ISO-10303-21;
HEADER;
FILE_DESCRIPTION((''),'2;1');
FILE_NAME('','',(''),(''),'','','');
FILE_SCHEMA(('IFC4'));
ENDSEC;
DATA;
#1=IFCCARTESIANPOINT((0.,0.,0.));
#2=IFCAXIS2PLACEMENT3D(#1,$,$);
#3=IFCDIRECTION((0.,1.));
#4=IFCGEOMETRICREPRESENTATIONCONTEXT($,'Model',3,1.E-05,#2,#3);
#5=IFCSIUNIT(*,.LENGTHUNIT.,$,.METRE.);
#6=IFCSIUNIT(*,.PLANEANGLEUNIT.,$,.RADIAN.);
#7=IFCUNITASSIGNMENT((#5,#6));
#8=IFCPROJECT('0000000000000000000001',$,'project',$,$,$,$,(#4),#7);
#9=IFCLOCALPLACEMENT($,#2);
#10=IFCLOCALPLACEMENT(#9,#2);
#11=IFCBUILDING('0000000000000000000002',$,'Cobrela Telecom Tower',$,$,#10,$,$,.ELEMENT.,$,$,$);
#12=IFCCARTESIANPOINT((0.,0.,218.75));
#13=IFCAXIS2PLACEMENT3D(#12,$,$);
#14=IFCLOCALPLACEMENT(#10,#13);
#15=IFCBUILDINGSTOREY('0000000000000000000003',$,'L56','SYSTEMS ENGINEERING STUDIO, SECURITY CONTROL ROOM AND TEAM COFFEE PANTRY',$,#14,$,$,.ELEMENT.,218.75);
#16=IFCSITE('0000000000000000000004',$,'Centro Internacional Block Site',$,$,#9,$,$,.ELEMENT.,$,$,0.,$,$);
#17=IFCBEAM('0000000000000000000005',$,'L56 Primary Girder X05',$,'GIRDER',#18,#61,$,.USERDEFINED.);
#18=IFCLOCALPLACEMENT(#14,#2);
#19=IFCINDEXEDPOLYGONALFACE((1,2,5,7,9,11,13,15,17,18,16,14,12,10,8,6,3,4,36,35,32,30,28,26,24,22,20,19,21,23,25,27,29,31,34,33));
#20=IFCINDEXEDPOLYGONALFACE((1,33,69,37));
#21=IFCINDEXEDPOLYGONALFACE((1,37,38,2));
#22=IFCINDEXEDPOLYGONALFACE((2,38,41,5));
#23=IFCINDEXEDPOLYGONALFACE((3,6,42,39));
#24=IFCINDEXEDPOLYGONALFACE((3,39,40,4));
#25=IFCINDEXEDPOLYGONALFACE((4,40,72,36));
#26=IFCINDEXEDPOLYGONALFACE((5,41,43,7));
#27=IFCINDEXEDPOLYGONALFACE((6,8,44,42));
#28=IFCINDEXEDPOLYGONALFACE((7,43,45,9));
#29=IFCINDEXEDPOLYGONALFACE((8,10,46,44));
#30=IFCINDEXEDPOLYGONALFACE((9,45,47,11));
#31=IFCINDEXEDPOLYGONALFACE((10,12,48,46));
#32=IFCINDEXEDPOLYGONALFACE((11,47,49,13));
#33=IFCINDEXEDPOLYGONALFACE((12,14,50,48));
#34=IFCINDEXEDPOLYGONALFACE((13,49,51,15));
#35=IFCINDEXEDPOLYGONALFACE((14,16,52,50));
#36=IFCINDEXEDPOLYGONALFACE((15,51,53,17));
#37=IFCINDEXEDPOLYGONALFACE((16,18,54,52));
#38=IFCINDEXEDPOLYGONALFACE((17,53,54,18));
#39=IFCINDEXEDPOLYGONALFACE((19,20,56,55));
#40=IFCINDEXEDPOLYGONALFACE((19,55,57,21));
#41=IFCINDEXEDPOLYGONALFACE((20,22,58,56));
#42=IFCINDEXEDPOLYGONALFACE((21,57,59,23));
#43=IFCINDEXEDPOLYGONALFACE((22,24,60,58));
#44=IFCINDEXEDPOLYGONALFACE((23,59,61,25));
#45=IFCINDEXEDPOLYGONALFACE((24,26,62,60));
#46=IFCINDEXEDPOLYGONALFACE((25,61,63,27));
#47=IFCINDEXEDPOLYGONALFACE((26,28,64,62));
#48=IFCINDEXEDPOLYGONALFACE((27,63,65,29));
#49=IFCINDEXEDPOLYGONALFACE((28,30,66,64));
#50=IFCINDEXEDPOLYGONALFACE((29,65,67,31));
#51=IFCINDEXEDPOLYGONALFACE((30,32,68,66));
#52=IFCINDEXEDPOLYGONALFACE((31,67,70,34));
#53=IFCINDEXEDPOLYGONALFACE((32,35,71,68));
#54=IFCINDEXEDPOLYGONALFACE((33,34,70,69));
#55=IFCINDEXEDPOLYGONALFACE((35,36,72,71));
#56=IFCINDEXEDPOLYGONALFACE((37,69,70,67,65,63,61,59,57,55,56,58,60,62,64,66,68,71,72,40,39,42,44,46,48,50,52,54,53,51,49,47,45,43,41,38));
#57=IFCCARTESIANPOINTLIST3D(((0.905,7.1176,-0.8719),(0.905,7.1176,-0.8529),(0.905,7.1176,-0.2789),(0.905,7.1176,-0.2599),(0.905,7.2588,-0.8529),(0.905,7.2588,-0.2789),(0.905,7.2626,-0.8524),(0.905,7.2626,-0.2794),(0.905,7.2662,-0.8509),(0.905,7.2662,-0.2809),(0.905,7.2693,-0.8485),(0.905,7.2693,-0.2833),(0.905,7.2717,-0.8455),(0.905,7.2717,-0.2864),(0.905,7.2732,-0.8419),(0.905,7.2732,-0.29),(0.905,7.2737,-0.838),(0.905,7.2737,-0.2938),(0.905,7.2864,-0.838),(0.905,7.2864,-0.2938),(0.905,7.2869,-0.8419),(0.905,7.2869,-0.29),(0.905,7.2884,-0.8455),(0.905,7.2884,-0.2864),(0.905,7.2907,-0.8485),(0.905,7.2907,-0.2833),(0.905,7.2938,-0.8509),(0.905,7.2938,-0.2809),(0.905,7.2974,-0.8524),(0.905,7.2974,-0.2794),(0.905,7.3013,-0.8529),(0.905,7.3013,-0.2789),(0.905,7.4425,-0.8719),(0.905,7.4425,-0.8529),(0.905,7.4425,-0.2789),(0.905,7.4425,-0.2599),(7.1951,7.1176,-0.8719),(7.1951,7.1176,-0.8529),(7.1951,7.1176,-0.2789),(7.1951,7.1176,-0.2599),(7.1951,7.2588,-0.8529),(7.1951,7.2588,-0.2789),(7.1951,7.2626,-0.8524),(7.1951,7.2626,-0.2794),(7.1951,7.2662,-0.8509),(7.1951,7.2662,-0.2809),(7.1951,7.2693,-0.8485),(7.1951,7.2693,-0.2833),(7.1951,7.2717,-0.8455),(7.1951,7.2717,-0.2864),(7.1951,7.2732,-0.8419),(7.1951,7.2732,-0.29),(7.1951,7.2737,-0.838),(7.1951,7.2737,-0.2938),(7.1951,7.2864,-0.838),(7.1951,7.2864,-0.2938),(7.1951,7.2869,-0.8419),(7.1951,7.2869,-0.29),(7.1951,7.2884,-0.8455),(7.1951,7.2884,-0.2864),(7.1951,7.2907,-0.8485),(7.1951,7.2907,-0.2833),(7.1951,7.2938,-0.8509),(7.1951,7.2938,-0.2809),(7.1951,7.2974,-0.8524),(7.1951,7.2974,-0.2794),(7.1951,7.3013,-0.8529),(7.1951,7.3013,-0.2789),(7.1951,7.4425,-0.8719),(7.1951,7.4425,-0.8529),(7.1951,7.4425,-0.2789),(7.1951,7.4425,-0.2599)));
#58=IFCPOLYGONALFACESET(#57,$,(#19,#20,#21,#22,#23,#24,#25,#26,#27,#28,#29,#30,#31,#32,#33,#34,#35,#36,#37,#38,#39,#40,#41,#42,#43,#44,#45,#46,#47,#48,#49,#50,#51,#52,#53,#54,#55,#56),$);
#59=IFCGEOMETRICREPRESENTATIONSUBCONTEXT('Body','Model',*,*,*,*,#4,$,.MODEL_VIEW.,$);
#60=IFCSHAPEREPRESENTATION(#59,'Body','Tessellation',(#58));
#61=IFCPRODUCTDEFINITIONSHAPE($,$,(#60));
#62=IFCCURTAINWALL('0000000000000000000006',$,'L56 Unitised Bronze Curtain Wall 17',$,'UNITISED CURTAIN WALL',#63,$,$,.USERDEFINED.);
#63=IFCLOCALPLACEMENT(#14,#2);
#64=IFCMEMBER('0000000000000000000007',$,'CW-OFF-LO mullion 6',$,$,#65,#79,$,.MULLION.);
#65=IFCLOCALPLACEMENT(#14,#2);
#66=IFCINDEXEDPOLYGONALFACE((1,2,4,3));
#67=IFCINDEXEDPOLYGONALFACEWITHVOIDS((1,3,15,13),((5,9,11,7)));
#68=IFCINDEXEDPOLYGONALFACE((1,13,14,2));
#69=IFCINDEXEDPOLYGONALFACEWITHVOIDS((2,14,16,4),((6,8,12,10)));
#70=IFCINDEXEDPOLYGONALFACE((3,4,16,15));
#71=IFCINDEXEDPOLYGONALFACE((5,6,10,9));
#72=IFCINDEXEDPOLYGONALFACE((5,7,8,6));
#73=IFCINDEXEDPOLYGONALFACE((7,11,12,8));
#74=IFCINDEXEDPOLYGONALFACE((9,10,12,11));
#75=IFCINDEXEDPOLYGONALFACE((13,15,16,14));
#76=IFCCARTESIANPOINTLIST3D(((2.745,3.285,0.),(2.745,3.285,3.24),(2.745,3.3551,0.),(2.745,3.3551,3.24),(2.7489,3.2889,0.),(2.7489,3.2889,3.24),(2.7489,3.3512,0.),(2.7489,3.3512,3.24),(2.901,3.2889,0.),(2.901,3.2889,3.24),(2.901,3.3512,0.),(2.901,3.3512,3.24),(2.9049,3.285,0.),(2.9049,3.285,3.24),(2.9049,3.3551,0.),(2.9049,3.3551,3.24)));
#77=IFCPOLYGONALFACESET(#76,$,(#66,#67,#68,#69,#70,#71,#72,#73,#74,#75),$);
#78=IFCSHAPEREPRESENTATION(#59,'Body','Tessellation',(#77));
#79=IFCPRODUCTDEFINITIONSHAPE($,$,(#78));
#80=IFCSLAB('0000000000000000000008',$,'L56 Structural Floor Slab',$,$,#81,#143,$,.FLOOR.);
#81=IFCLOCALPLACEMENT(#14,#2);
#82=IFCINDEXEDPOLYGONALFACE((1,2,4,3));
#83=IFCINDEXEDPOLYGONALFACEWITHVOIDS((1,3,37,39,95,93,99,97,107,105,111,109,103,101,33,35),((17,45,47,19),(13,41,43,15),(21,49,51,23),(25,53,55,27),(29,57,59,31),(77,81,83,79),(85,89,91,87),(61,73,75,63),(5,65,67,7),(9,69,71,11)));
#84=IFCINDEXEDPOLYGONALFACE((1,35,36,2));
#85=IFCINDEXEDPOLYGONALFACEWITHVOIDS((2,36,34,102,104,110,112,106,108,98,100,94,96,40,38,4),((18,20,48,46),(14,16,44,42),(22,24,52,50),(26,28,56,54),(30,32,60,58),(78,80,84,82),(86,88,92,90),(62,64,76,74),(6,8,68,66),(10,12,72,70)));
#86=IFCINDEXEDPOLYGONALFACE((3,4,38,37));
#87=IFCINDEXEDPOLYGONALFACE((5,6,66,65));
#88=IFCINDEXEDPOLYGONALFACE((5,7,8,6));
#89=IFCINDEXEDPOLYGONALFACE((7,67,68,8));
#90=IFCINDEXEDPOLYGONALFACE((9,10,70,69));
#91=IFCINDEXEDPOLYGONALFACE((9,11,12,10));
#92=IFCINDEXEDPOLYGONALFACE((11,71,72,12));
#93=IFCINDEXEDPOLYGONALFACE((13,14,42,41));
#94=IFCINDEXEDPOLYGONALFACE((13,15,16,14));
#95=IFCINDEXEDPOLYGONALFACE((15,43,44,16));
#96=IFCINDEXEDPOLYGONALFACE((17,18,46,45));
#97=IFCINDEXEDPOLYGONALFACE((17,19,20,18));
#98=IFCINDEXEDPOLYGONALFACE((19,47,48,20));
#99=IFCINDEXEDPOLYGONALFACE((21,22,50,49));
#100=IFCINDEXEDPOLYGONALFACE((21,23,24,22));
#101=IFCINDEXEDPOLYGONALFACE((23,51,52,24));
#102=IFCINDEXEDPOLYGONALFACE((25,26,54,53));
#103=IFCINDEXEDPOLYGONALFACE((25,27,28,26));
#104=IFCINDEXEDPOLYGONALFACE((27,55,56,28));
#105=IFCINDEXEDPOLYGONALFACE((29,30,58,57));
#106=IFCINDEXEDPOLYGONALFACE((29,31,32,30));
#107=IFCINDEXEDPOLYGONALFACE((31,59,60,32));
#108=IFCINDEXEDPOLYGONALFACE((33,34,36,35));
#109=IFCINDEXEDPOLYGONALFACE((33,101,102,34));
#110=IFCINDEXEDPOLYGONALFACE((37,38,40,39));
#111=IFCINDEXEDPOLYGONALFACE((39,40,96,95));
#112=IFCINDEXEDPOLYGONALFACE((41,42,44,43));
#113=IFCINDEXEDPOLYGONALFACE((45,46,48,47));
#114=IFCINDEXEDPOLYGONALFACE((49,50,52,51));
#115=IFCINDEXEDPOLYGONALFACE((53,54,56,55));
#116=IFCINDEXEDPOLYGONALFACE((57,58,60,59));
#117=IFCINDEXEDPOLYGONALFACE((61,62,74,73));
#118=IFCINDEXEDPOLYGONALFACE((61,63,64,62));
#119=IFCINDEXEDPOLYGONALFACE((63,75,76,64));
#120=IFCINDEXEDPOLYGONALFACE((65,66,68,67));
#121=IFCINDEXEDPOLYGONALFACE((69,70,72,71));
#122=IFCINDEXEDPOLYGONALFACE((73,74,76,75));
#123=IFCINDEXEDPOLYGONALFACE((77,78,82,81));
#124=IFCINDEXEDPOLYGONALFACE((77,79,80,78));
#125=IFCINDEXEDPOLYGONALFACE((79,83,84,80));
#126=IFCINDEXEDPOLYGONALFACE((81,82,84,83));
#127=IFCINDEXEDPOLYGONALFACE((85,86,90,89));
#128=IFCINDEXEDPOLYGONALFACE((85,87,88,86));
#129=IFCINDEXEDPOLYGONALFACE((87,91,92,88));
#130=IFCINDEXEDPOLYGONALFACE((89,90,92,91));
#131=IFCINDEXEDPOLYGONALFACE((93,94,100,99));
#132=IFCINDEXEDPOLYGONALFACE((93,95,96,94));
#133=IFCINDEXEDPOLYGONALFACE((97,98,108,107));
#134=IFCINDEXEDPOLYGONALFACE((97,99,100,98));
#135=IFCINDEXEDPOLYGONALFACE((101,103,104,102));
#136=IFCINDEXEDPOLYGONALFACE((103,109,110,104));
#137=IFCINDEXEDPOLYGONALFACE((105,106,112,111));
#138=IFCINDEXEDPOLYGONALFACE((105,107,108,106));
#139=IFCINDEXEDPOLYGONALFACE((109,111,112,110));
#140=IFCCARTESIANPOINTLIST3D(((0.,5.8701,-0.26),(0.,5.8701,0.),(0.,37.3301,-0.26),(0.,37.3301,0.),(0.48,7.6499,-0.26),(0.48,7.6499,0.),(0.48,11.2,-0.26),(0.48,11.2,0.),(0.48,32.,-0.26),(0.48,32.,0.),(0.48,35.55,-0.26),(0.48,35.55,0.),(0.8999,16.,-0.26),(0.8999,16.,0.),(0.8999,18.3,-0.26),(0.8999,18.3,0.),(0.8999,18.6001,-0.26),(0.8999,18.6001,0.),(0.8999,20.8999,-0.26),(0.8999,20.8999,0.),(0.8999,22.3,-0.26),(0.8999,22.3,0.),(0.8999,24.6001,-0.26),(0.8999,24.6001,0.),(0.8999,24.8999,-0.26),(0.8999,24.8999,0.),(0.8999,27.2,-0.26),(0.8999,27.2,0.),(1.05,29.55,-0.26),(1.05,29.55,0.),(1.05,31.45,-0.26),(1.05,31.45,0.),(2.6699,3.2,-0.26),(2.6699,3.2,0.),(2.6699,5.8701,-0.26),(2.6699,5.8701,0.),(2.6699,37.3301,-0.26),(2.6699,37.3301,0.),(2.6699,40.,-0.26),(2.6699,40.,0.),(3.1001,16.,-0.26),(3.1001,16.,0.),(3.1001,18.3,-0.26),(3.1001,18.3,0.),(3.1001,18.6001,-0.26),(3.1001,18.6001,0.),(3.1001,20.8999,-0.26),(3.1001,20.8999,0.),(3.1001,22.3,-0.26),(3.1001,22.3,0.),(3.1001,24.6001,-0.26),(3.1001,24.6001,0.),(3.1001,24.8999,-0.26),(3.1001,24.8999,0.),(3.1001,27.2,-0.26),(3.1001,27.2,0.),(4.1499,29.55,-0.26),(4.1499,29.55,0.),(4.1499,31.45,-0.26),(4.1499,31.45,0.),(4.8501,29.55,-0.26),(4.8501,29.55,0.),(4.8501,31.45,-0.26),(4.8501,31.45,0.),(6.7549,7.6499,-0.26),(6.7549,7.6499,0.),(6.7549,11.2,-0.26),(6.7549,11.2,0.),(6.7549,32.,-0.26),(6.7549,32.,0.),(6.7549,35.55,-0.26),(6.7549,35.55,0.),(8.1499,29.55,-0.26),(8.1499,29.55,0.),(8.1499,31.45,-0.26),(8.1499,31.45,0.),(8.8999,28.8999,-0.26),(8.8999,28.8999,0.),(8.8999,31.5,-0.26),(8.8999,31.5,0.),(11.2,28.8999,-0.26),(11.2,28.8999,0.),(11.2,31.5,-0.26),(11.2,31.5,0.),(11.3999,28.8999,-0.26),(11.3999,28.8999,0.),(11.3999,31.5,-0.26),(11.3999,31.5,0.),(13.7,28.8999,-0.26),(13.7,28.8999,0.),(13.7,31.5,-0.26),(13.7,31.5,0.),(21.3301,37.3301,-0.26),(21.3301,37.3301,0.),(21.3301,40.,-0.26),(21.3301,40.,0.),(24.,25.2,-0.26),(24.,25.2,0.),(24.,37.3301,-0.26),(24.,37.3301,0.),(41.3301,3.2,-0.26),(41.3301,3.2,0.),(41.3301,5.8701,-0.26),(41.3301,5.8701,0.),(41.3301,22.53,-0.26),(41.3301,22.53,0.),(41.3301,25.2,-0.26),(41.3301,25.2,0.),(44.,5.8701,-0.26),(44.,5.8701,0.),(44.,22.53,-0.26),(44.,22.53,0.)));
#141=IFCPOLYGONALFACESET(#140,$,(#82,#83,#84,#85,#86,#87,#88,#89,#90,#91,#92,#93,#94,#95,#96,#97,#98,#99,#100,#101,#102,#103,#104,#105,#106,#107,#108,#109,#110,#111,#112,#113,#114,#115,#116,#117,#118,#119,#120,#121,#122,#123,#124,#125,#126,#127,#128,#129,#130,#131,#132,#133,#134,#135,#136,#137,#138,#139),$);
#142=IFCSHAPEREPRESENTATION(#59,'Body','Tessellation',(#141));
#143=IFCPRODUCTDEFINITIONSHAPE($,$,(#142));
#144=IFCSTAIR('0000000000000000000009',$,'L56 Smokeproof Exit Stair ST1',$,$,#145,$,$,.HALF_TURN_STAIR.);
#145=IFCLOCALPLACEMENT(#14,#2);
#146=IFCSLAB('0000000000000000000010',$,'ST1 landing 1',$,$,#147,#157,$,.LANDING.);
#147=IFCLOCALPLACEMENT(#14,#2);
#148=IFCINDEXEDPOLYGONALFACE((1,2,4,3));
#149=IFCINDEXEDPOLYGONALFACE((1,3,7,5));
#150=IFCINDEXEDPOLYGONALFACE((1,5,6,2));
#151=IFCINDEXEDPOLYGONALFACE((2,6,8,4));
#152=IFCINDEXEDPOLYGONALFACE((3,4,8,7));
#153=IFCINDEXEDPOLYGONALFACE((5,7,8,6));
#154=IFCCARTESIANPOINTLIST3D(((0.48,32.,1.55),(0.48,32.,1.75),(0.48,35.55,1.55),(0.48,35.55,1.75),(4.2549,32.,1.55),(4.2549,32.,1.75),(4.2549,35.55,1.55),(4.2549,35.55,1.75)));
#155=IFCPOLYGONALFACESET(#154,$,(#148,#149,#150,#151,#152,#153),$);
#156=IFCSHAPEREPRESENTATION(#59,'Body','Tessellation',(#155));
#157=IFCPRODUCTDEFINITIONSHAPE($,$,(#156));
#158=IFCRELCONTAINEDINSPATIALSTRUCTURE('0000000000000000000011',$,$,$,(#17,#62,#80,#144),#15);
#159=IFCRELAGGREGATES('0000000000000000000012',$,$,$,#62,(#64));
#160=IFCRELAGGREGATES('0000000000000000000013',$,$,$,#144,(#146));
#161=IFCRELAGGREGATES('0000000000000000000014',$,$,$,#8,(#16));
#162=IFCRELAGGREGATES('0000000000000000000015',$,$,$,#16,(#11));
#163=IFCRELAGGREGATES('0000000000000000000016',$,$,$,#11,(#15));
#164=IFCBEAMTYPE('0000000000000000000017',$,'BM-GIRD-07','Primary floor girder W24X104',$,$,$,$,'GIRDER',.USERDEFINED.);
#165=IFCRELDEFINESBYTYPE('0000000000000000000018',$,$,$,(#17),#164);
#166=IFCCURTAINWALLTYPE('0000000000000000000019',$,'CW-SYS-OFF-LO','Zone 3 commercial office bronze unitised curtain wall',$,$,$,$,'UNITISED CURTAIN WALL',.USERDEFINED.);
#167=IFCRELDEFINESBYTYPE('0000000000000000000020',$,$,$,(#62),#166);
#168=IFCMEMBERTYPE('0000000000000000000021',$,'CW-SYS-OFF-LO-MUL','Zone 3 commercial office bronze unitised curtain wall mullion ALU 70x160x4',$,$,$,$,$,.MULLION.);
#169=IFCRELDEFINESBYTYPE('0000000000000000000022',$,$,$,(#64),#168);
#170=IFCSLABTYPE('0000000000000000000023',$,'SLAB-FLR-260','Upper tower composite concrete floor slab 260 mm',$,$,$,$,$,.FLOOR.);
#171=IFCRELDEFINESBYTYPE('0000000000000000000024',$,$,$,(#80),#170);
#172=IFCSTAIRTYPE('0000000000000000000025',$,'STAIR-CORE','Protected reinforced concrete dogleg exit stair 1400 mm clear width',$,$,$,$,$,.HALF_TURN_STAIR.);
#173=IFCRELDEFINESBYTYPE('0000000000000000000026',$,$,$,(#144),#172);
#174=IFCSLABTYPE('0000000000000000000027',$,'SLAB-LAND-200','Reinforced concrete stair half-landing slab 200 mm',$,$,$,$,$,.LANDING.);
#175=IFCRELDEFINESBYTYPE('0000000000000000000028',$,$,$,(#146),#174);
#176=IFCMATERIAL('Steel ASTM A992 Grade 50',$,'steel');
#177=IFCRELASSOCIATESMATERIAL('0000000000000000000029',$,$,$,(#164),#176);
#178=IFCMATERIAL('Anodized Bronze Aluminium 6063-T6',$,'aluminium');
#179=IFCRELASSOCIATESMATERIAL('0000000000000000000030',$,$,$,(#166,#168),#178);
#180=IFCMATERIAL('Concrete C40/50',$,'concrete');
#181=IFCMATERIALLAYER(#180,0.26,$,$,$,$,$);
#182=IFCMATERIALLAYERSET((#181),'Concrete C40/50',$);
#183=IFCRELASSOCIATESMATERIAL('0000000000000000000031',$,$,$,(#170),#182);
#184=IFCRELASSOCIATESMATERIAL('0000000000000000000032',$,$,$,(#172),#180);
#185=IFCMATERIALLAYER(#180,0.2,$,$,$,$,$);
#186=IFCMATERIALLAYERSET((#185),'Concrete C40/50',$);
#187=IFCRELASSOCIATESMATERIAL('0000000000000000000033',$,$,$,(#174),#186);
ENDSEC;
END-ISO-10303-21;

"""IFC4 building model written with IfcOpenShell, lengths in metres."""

from ifc_helpers import new_model, si_unit, direction, frame, origin, origin_2d, place, context, subcontext, project, spatial, polyline, hollow_rectangle, i_section, outline, extrude, material, layer, layer_set, material_profile, profile_set, type_object, element, aggregate, save


model = new_model("IFC4")

# Units and contexts
model_context = context("Model", 3, precision=1e-05, world=origin(), true_north=direction((0.0, 1.0)))
body_context = subcontext(model_context, "Body", "Model", "MODEL_VIEW")
ifc_project = project(units=[si_unit("LENGTHUNIT", "METRE"), si_unit("PLANEANGLEUNIT", "RADIAN")], contexts=[model_context])

# Site, building, storey
site_placement = place(None, origin())
site = spatial("IfcSite", under=ifc_project, at=site_placement, Name="Centro Internacional Block Site", CompositionType="ELEMENT", RefElevation=0.0)
building_placement = place(site_placement, origin())
building = spatial("IfcBuilding", under=site, at=building_placement, Name="Cobrela Telecom Tower", CompositionType="ELEMENT")
storey_placement = place(building_placement, frame((0.0, 0.0, 218.75)))
storey = spatial("IfcBuildingStorey", under=building, at=storey_placement, Name="L56", Description="SYSTEMS ENGINEERING STUDIO, SECURITY CONTROL ROOM AND TEAM COFFEE PANTRY", CompositionType="ELEMENT", Elevation=218.75)

# Beam
ifc_material_1 = material(Name="Steel ASTM A992 Grade 50", Category="steel")
ifc_material_profile_1 = material_profile(ifc_material_1, i_section(OverallWidth=0.325, OverallDepth=0.6121, WebThickness=0.0127, FlangeThickness=0.019, FilletRadius=0.0149, at=origin_2d()), Name="W24X104")
ifc_profile_set_1 = profile_set([ifc_material_profile_1], Name="Steel ASTM A992 Grade 50")
beam_type = type_object("IfcBeamType", Name="BM-GIRD-07", Description="Primary floor girder W24X104", ElementType="GIRDER", PredefinedType="USERDEFINED", material=ifc_profile_set_1)
beam_placement = place(storey_placement, frame((0.905, 7.28, -0.5659), z_axis=(1.0, 0.0, 0.0), x_axis=(0.0, 1.0, 0.0)))
element("IfcBeam", 1, at=beam_placement, inside=storey, type_object=beam_type, Name="L56 Primary Girder X05", ObjectType="GIRDER", PredefinedType="USERDEFINED", context=body_context, shape_type="SweptSolid", body=[
    extrude(i_section(OverallWidth=0.325, OverallDepth=0.6121, WebThickness=0.0127, FlangeThickness=0.019, FilletRadius=0.0149, at=origin_2d()), origin(), (0.0, 0.0, 1.0), 6.29),
])

# Curtain wall, member
ifc_material_2 = material(Name="Anodized Bronze Aluminium 6063-T6", Category="aluminium")
curtain_wall_type = type_object("IfcCurtainWallType", Name="CW-SYS-OFF-LO", Description="Zone 3 commercial office bronze unitised curtain wall", ElementType="UNITISED CURTAIN WALL", PredefinedType="USERDEFINED", material=ifc_material_2)
curtain_wall_placement = place(storey_placement, origin())
curtain_wall = element("IfcCurtainWall", 2, at=curtain_wall_placement, inside=storey, type_object=curtain_wall_type, Name="L56 Unitised Bronze Curtain Wall 17", ObjectType="UNITISED CURTAIN WALL", PredefinedType="USERDEFINED")
ifc_material_profile_2 = material_profile(ifc_material_2, hollow_rectangle(XDim=0.0701, YDim=0.1599, WallThickness=0.0039, at=origin_2d()), Name="ALU 70x160x4")
ifc_profile_set_2 = profile_set([ifc_material_profile_2], Name="Anodized Bronze Aluminium 6063-T6")
member_type = type_object("IfcMemberType", Name="CW-SYS-OFF-LO-MUL", Description="Zone 3 commercial office bronze unitised curtain wall mullion ALU 70x160x4", PredefinedType="MULLION", material=ifc_profile_set_2)
member_placement = place(storey_placement, frame((2.825, 3.3201, 0.0), z_axis=(0.0, 0.0, 1.0), x_axis=(0.0, -1.0, 0.0)))
member = element("IfcMember", 3, at=member_placement, type_object=member_type, Name="CW-OFF-LO mullion 6", PredefinedType="MULLION", context=body_context, shape_type="SweptSolid", body=[
    extrude(hollow_rectangle(XDim=0.0701, YDim=0.1599, WallThickness=0.0039, at=origin_2d()), origin(), (0.0, 0.0, 1.0), 3.24),
])
aggregate(curtain_wall, [member])

# Slab, openings
ifc_material_3 = material(Name="Concrete C40/50", Category="concrete")
ifc_layer_1 = layer(ifc_material_3, 0.26)
ifc_layer_set_1 = layer_set([ifc_layer_1], Name="Concrete C40/50")
slab_type_1 = type_object("IfcSlabType", Name="SLAB-FLR-260", Description="Upper tower composite concrete floor slab 260 mm", PredefinedType="FLOOR", material=ifc_layer_set_1)
slab_1_placement = place(storey_placement, frame((0.0, 0.0, -0.26)))
slab_1 = element("IfcSlab", 4, at=slab_1_placement, inside=storey, type_object=slab_type_1, Name="L56 Structural Floor Slab", PredefinedType="FLOOR", context=body_context, shape_type="SweptSolid", body=[
    extrude(outline(polyline([(2.6699, 3.2), (41.3301, 3.2), (41.3301, 5.8701), (44.0, 5.8701), (44.0, 22.53), (41.3301, 22.53), (41.3301, 25.2), (24.0, 25.2), (24.0, 37.3301), (21.3301, 37.3301), (21.3301, 40.0), (2.6699, 40.0), (2.6699, 37.3301), (0.0, 37.3301), (0.0, 5.8701), (2.6699, 5.8701), (2.6699, 3.2)])), origin(), (0.0, 0.0, 1.0), 0.26),
])
opening_1_placement = place(slab_1_placement, frame((0.0, 0.0, -0.02)))
element("IfcOpeningElement", 5, at=opening_1_placement, cuts=slab_1, PredefinedType="OPENING", context=body_context, shape_type="SweptSolid", body=[
    extrude(outline(polyline([(8.8999, 28.8999), (11.2, 28.8999), (11.2, 31.5), (8.8999, 31.5), (8.8999, 28.8999)])), origin(), (0.0, 0.0, 1.0), 0.3),
])
opening_2_placement = place(slab_1_placement, frame((0.0, 0.0, -0.02)))
element("IfcOpeningElement", 6, at=opening_2_placement, cuts=slab_1, PredefinedType="OPENING", context=body_context, shape_type="SweptSolid", body=[
    extrude(outline(polyline([(11.3999, 28.8999), (13.7, 28.8999), (13.7, 31.5), (11.3999, 31.5), (11.3999, 28.8999)])), origin(), (0.0, 0.0, 1.0), 0.3),
])
opening_3_placement = place(slab_1_placement, frame((0.0, 0.0, -0.02)))
element("IfcOpeningElement", 7, at=opening_3_placement, cuts=slab_1, PredefinedType="OPENING", context=body_context, shape_type="SweptSolid", body=[
    extrude(outline(polyline([(0.8999, 16.0), (3.1001, 16.0), (3.1001, 18.3), (0.8999, 18.3), (0.8999, 16.0)])), origin(), (0.0, 0.0, 1.0), 0.3),
])
opening_4_placement = place(slab_1_placement, frame((0.0, 0.0, -0.02)))
element("IfcOpeningElement", 8, at=opening_4_placement, cuts=slab_1, PredefinedType="OPENING", context=body_context, shape_type="SweptSolid", body=[
    extrude(outline(polyline([(0.8999, 18.6001), (3.1001, 18.6001), (3.1001, 20.8999), (0.8999, 20.8999), (0.8999, 18.6001)])), origin(), (0.0, 0.0, 1.0), 0.3),
])
opening_5_placement = place(slab_1_placement, frame((0.0, 0.0, -0.02)))
element("IfcOpeningElement", 9, at=opening_5_placement, cuts=slab_1, PredefinedType="OPENING", context=body_context, shape_type="SweptSolid", body=[
    extrude(outline(polyline([(0.8999, 22.3), (3.1001, 22.3), (3.1001, 24.6001), (0.8999, 24.6001), (0.8999, 22.3)])), origin(), (0.0, 0.0, 1.0), 0.3),
])
opening_6_placement = place(slab_1_placement, frame((0.0, 0.0, -0.02)))
element("IfcOpeningElement", 10, at=opening_6_placement, cuts=slab_1, PredefinedType="OPENING", context=body_context, shape_type="SweptSolid", body=[
    extrude(outline(polyline([(0.8999, 24.8999), (3.1001, 24.8999), (3.1001, 27.2), (0.8999, 27.2), (0.8999, 24.8999)])), origin(), (0.0, 0.0, 1.0), 0.3),
])
opening_7_placement = place(slab_1_placement, frame((0.0, 0.0, -0.02)))
element("IfcOpeningElement", 11, at=opening_7_placement, cuts=slab_1, PredefinedType="OPENING", context=body_context, shape_type="SweptSolid", body=[
    extrude(outline(polyline([(1.05, 29.55), (4.1499, 29.55), (4.1499, 31.45), (1.05, 31.45), (1.05, 29.55)])), origin(), (0.0, 0.0, 1.0), 0.3),
])
opening_8_placement = place(slab_1_placement, frame((0.0, 0.0, -0.02)))
element("IfcOpeningElement", 12, at=opening_8_placement, cuts=slab_1, PredefinedType="OPENING", context=body_context, shape_type="SweptSolid", body=[
    extrude(outline(polyline([(4.8501, 29.55), (8.1499, 29.55), (8.1499, 31.45), (4.8501, 31.45), (4.8501, 29.55)])), origin(), (0.0, 0.0, 1.0), 0.3),
])
opening_9_placement = place(slab_1_placement, frame((0.0, 0.0, -0.02)))
element("IfcOpeningElement", 13, at=opening_9_placement, cuts=slab_1, PredefinedType="OPENING", context=body_context, shape_type="SweptSolid", body=[
    extrude(outline(polyline([(6.7549, 35.55), (0.48, 35.55), (0.48, 32.0), (6.7549, 32.0), (6.7549, 35.55)])), origin(), (0.0, 0.0, 1.0), 0.3),
])
opening_10_placement = place(slab_1_placement, frame((0.0, 0.0, -0.02)))
element("IfcOpeningElement", 14, at=opening_10_placement, cuts=slab_1, PredefinedType="OPENING", context=body_context, shape_type="SweptSolid", body=[
    extrude(outline(polyline([(6.7549, 11.2), (0.48, 11.2), (0.48, 7.6499), (6.7549, 7.6499), (6.7549, 11.2)])), origin(), (0.0, 0.0, 1.0), 0.3),
])

# Stair, slab
stair_type = type_object("IfcStairType", Name="STAIR-CORE", Description="Protected reinforced concrete dogleg exit stair 1400 mm clear width", PredefinedType="HALF_TURN_STAIR", material=ifc_material_3)
stair_1_placement = place(storey_placement, origin())
stair_1 = element("IfcStair", 15, at=stair_1_placement, inside=storey, type_object=stair_type, Name="L56 Smokeproof Exit Stair ST1", PredefinedType="HALF_TURN_STAIR")
ifc_layer_2 = layer(ifc_material_3, 0.2)
ifc_layer_set_2 = layer_set([ifc_layer_2], Name="Concrete C40/50")
slab_type_2 = type_object("IfcSlabType", Name="SLAB-LAND-200", Description="Reinforced concrete stair half-landing slab 200 mm", PredefinedType="LANDING", material=ifc_layer_set_2)
slab_2_placement = place(storey_placement, frame((0.0, 0.0, 1.55)))
slab_2 = element("IfcSlab", 16, at=slab_2_placement, type_object=slab_type_2, Name="ST1 landing 1", PredefinedType="LANDING", context=body_context, shape_type="SweptSolid", body=[
    extrude(outline(polyline([(4.2549, 35.55), (0.48, 35.55), (0.48, 32.0), (4.2549, 32.0), (4.2549, 35.55)])), origin(), (0.0, 0.0, 1.0), 0.2),
])
aggregate(stair_1, [slab_2])

save(model, "model.ifc")
